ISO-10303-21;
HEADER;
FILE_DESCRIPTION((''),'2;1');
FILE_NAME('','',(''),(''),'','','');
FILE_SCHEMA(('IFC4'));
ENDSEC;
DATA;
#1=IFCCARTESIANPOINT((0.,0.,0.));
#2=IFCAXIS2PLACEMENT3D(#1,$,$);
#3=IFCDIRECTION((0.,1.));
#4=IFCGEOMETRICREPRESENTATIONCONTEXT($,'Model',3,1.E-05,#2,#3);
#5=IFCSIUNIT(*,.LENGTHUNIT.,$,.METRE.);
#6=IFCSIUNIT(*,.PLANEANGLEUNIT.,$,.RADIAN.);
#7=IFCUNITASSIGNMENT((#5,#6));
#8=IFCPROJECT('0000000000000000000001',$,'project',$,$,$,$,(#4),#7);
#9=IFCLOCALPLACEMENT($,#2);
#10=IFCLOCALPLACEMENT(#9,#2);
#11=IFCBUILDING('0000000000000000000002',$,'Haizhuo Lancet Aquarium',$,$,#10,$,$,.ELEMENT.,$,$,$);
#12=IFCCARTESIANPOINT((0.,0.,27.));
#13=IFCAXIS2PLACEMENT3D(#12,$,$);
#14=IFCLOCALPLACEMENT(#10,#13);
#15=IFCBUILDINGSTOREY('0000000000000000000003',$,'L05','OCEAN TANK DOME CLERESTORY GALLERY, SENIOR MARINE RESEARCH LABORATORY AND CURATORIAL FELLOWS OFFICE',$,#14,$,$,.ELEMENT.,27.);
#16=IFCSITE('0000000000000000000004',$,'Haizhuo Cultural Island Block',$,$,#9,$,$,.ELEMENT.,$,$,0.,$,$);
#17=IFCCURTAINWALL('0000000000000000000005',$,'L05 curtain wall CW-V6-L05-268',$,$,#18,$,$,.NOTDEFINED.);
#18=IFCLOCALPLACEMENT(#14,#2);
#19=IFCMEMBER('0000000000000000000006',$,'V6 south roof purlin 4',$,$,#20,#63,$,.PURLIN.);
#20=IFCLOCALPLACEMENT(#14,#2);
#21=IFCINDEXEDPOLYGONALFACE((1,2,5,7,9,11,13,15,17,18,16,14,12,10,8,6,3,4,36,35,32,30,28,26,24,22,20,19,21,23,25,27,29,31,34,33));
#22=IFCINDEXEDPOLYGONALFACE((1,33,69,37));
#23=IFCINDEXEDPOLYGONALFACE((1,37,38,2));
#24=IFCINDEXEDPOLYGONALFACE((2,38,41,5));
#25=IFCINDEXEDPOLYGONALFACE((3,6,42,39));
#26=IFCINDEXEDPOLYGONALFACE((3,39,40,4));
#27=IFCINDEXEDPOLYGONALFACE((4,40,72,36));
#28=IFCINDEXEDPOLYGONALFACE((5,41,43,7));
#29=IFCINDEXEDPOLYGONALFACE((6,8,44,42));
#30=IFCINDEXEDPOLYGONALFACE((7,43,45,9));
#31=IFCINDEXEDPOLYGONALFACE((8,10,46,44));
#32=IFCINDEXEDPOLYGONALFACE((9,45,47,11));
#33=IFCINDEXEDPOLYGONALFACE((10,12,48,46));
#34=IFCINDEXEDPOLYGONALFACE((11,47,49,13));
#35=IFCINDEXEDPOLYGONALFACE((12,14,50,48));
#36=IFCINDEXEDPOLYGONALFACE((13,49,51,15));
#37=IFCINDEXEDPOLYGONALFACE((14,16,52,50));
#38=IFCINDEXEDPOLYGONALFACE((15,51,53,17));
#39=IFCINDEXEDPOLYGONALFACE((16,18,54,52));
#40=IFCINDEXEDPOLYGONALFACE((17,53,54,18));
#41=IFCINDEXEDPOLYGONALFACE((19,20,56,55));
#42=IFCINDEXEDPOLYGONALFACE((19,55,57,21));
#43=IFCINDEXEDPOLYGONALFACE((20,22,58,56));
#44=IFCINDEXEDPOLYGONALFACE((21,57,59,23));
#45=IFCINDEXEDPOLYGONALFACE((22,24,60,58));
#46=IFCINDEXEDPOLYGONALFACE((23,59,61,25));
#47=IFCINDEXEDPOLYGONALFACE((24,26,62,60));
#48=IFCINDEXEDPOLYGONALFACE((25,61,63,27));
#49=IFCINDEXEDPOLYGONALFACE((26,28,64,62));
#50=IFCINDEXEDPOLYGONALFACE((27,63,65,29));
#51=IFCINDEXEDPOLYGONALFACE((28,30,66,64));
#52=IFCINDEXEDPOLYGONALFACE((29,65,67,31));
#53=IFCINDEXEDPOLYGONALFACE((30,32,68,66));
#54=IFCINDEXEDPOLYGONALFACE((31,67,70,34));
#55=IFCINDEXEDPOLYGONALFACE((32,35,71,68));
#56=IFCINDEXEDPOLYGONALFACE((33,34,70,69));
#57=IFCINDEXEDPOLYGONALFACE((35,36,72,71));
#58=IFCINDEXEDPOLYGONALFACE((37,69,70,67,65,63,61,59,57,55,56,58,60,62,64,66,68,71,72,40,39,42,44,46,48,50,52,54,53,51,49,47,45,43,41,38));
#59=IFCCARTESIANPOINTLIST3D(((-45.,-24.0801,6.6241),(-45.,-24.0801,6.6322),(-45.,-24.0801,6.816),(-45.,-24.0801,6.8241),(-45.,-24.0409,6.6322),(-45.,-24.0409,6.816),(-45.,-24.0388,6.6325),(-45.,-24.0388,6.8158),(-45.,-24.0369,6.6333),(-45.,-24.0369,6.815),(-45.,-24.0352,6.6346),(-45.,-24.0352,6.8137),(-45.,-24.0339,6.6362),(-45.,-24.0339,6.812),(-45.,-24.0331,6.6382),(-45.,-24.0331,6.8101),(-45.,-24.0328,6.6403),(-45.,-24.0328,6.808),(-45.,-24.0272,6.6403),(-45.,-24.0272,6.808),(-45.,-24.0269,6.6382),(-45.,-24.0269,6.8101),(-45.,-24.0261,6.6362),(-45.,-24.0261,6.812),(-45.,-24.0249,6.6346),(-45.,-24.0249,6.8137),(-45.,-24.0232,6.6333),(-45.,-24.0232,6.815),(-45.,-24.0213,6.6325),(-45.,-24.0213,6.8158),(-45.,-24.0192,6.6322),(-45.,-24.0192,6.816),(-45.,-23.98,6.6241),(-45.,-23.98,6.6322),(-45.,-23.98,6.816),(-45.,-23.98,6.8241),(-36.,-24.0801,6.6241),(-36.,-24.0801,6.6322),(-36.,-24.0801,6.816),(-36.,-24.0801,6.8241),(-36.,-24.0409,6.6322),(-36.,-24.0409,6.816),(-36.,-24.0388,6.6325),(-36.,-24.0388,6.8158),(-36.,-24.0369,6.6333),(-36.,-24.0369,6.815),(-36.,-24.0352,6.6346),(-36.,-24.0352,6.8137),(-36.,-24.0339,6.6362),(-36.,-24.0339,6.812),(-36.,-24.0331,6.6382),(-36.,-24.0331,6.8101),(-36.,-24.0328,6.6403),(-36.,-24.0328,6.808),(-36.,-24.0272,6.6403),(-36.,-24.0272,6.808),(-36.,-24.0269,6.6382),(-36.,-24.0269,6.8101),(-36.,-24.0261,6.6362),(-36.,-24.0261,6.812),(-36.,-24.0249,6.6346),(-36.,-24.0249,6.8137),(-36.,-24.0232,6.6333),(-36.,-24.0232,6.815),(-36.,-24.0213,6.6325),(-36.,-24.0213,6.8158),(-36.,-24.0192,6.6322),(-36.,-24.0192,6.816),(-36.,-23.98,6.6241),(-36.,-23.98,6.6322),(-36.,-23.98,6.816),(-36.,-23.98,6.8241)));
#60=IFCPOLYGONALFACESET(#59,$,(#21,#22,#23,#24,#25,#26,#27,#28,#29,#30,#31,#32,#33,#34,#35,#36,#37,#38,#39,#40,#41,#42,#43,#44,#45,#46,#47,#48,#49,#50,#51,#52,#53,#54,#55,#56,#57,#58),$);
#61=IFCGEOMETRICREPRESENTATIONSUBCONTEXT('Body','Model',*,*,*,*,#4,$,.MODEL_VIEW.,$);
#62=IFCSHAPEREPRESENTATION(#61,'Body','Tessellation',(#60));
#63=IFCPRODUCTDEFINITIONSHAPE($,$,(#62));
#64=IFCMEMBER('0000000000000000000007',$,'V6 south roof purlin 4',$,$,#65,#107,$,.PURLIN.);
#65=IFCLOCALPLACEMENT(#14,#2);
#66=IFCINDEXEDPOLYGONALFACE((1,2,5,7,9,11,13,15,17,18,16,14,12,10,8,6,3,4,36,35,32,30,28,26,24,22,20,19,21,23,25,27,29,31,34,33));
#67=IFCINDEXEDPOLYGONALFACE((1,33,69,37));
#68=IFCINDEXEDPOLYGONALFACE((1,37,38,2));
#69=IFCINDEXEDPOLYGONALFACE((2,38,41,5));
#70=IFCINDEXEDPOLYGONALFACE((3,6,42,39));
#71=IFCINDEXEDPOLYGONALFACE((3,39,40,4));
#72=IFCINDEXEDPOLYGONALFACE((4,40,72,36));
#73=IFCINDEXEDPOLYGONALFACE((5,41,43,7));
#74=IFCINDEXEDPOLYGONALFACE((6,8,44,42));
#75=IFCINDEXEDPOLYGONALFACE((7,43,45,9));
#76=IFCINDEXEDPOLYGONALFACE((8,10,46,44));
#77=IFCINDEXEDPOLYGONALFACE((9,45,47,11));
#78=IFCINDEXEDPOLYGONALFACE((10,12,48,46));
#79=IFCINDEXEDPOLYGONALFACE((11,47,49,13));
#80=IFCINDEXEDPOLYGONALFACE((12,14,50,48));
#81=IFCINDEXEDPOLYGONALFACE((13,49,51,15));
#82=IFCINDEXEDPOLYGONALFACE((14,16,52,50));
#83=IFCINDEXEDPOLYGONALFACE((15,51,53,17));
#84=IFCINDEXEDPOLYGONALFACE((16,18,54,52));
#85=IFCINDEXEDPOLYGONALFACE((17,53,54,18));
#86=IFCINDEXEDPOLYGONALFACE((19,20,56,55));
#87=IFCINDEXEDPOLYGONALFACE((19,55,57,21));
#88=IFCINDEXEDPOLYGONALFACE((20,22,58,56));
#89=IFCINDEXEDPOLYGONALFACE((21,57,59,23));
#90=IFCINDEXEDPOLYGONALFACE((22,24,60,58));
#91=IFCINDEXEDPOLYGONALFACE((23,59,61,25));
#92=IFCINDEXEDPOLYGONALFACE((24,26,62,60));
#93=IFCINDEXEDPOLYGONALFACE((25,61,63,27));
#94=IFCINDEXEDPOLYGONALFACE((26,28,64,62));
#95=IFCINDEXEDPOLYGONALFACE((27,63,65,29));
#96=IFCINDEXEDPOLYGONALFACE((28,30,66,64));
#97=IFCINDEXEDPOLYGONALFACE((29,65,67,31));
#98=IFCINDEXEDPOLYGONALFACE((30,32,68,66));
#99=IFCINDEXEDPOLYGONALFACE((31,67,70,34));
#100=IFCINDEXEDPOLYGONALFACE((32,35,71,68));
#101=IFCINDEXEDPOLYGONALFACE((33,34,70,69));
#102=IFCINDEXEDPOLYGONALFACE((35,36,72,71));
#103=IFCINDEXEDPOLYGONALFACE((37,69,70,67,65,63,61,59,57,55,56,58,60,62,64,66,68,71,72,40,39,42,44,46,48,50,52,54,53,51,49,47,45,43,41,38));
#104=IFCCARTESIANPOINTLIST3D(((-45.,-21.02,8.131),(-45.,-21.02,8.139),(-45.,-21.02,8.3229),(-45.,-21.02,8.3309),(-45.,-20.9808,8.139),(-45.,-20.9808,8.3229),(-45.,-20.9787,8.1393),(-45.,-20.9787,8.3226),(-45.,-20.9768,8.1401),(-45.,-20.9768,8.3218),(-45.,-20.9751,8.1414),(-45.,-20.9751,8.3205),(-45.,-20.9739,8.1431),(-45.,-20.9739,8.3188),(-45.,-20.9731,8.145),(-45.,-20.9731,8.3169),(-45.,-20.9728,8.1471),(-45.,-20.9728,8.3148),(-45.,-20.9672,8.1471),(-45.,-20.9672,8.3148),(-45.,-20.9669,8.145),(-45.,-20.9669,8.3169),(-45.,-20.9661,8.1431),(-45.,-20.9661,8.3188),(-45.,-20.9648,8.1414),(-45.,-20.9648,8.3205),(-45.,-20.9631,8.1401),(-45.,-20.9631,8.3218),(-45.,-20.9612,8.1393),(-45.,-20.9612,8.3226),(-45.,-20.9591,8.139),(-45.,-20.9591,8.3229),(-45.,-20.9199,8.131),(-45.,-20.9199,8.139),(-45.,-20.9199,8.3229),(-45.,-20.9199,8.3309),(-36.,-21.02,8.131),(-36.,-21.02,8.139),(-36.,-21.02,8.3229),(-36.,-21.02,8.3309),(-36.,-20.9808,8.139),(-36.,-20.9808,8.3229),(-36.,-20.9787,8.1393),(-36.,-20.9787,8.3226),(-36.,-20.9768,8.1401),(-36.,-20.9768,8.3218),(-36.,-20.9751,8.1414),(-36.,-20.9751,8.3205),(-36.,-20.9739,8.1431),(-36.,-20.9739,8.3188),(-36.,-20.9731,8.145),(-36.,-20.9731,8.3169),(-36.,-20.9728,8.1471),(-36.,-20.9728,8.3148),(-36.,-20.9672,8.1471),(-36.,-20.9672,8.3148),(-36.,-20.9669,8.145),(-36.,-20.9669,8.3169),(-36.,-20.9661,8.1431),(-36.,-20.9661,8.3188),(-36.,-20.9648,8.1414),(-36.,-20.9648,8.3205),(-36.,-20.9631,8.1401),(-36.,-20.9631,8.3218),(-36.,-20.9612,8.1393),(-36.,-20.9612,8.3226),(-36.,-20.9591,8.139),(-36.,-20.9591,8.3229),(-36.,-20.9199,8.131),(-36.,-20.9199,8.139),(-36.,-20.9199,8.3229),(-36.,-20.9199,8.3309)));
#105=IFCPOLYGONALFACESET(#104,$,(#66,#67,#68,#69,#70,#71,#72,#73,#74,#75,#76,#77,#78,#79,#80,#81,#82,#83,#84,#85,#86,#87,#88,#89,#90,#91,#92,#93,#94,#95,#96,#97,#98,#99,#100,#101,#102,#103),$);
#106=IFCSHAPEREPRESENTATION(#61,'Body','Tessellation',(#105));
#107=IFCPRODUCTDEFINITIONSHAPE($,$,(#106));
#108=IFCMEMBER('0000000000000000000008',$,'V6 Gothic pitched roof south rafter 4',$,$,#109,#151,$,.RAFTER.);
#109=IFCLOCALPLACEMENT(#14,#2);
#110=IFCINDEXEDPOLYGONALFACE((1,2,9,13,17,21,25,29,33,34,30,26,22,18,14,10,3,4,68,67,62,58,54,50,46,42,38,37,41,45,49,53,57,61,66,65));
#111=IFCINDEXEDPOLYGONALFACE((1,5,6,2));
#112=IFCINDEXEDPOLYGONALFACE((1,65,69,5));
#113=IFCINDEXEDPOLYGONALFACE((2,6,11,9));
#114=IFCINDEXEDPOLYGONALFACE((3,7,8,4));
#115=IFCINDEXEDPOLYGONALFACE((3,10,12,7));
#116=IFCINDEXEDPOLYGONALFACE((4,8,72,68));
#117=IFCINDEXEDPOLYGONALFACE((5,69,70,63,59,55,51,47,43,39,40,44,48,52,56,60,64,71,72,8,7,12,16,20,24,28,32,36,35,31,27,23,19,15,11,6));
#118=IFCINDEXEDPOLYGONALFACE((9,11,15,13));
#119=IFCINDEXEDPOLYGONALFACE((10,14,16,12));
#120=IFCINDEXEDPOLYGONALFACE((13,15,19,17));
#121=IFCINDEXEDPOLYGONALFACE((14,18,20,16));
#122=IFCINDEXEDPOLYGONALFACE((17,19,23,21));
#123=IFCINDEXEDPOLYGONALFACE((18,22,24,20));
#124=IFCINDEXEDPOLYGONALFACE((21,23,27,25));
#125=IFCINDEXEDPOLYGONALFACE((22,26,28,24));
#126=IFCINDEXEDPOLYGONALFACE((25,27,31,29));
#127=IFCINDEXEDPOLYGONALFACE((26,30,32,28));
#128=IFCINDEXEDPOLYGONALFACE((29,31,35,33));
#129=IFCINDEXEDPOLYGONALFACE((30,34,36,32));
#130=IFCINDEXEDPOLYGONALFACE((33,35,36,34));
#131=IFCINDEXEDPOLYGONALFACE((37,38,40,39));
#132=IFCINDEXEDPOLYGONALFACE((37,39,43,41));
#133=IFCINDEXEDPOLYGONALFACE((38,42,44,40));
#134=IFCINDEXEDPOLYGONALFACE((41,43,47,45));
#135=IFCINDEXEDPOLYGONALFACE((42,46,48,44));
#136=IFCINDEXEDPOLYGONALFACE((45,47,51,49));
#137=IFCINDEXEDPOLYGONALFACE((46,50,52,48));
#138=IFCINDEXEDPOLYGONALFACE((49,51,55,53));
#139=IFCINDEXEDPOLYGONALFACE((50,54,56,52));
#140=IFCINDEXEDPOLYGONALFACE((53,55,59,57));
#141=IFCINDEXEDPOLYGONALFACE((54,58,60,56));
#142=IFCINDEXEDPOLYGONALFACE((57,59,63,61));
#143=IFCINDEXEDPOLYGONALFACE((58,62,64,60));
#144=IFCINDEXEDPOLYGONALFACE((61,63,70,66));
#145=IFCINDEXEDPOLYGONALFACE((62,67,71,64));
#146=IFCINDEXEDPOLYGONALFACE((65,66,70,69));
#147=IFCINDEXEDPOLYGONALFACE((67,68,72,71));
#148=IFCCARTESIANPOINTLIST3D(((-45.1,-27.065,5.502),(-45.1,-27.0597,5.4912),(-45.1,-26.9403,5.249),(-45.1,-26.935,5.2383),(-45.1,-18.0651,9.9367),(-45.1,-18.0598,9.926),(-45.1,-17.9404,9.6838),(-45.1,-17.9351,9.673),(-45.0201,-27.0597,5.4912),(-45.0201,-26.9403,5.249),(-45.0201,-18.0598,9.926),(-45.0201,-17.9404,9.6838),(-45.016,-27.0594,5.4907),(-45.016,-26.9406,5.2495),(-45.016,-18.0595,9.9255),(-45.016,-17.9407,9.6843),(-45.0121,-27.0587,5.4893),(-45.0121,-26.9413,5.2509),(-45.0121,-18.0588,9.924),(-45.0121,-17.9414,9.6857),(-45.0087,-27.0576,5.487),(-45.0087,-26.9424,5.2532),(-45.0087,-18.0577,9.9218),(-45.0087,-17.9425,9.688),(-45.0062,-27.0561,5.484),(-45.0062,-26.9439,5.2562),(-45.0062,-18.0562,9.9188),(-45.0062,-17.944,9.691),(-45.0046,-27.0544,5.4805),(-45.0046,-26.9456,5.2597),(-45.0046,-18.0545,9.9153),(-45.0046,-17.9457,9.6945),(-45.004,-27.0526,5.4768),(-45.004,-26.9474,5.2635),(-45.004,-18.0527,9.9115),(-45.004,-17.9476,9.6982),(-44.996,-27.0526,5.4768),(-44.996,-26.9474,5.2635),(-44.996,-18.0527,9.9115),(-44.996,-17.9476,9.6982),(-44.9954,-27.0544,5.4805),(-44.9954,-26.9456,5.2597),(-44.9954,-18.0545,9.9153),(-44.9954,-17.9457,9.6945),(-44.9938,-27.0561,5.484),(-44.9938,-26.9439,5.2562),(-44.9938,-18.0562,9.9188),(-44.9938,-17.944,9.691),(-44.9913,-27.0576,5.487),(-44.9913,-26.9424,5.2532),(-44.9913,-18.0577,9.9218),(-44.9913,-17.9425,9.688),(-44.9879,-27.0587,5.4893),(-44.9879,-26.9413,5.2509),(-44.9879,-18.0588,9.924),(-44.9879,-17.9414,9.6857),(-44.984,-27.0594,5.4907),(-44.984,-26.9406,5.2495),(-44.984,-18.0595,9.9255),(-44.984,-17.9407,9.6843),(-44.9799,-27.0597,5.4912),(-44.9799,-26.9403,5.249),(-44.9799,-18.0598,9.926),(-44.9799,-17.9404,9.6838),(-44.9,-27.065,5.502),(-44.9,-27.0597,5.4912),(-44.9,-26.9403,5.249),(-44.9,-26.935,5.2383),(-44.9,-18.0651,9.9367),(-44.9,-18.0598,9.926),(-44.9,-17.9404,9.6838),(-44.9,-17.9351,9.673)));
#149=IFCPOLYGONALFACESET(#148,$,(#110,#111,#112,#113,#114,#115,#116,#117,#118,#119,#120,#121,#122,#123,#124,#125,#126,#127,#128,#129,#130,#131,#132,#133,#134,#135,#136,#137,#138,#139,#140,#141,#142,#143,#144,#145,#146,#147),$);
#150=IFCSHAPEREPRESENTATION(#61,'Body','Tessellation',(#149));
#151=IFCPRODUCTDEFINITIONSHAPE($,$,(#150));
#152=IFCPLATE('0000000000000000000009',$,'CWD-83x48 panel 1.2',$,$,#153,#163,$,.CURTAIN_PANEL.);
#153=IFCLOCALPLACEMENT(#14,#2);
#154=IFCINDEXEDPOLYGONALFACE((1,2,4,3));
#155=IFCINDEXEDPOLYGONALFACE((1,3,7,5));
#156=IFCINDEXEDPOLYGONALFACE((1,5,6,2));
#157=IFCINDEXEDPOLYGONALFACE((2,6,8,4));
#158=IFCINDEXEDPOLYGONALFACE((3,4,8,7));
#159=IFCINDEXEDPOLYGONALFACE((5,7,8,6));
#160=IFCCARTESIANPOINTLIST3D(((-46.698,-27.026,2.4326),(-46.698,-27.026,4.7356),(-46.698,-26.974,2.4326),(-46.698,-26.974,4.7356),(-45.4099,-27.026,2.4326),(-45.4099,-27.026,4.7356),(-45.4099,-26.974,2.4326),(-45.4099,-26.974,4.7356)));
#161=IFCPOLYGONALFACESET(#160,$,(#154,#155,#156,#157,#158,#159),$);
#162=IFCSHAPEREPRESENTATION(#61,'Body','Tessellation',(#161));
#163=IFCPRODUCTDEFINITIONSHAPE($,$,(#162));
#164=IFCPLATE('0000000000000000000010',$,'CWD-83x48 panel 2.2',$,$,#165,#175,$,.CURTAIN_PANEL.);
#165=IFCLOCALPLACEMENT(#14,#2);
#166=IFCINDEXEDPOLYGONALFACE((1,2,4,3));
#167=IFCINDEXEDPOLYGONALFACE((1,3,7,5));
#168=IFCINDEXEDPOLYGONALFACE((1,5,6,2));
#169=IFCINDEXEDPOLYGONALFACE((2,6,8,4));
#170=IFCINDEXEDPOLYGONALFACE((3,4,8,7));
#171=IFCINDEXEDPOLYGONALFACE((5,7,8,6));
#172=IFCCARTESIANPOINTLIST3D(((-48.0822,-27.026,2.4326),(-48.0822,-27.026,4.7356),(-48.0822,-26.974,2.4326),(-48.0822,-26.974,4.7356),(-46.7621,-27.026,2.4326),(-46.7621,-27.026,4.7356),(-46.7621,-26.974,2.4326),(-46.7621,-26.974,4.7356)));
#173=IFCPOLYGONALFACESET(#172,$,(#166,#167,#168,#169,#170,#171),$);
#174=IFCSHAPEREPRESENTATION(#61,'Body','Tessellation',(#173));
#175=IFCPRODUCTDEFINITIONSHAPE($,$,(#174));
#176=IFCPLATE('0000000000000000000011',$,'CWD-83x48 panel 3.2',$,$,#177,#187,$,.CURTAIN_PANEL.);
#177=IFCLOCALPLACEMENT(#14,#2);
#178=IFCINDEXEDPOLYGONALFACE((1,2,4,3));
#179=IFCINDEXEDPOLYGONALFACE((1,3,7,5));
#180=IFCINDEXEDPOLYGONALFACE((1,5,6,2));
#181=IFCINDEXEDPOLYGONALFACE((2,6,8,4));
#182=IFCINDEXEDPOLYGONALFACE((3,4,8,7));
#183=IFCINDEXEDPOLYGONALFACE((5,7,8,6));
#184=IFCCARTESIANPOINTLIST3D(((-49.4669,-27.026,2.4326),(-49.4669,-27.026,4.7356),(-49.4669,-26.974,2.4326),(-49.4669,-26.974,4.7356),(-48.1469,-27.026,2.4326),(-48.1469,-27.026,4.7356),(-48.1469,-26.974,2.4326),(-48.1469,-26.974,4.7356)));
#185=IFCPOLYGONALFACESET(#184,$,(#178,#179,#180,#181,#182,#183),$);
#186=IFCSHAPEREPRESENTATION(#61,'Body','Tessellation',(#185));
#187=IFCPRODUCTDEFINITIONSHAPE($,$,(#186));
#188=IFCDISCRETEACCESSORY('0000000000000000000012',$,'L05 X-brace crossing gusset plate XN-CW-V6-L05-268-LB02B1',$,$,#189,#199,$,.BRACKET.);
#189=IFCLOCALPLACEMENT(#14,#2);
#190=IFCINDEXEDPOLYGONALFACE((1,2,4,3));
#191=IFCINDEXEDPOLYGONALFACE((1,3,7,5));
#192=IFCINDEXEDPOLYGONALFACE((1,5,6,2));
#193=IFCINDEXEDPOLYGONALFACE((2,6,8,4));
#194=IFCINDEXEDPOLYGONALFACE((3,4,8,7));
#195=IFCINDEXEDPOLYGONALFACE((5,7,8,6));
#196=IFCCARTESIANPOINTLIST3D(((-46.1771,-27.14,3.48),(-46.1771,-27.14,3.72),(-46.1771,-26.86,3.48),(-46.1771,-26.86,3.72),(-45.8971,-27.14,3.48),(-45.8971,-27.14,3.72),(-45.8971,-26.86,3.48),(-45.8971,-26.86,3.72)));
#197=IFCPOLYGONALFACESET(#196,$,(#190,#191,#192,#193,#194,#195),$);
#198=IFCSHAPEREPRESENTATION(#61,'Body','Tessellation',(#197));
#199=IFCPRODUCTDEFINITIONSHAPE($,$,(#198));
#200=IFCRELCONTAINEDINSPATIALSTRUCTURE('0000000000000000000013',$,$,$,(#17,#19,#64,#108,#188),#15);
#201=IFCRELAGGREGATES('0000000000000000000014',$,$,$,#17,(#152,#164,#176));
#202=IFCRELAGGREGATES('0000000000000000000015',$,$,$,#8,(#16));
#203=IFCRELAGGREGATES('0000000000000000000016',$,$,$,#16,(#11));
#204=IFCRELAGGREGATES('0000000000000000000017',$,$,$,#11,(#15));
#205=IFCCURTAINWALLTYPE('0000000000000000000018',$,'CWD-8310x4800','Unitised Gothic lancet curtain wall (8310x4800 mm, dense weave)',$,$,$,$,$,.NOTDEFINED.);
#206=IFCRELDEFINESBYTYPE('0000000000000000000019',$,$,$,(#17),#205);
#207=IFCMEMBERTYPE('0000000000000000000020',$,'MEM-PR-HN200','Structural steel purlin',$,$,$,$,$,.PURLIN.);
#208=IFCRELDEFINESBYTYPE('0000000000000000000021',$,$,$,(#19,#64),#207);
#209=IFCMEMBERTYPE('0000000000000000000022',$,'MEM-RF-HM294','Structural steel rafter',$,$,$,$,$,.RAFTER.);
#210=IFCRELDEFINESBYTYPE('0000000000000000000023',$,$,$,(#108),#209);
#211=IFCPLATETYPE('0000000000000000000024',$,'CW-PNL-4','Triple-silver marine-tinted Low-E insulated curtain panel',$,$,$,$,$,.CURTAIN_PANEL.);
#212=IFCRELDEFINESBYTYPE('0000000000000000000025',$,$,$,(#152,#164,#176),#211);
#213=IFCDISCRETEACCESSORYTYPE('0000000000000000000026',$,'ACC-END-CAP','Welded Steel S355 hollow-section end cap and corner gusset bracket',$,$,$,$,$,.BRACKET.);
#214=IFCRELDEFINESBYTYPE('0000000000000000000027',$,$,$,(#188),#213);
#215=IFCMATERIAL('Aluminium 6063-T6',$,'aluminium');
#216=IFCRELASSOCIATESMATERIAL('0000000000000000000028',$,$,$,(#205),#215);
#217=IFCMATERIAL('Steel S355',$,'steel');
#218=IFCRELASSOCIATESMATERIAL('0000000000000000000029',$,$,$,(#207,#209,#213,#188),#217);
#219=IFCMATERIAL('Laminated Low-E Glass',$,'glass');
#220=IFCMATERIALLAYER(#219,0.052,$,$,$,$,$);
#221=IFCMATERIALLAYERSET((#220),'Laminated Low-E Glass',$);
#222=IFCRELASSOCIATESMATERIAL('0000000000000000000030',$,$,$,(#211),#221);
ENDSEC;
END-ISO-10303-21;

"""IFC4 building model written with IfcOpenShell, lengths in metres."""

from ifc_helpers import new_model, si_unit, direction, frame, origin, origin_2d, place, context, subcontext, project, spatial, rectangle, i_section, extrude, material, layer, layer_set, material_profile, profile_set, type_object, element, aggregate, save


model = new_model("IFC4")

# Units and contexts
model_context = context("Model", 3, precision=1e-05, world=origin(), true_north=direction((0.0, 1.0)))
body_context = subcontext(model_context, "Body", "Model", "MODEL_VIEW")
ifc_project = project(units=[si_unit("LENGTHUNIT", "METRE"), si_unit("PLANEANGLEUNIT", "RADIAN")], contexts=[model_context])

# Site, building, storey
site_placement = place(None, origin())
site = spatial("IfcSite", under=ifc_project, at=site_placement, Name="Haizhuo Cultural Island Block", CompositionType="ELEMENT", RefElevation=0.0)
building_placement = place(site_placement, origin())
building = spatial("IfcBuilding", under=site, at=building_placement, Name="Haizhuo Lancet Aquarium", CompositionType="ELEMENT")
storey_placement = place(building_placement, frame((0.0, 0.0, 27.0)))
storey = spatial("IfcBuildingStorey", under=building, at=storey_placement, Name="L05", Description="OCEAN TANK DOME CLERESTORY GALLERY, SENIOR MARINE RESEARCH LABORATORY AND CURATORIAL FELLOWS OFFICE", CompositionType="ELEMENT", Elevation=27.0)

# Shared definitions
ifc_material_1 = material(Name="Steel S355", Category="steel")

# Curtain wall
ifc_material_2 = material(Name="Aluminium 6063-T6", Category="aluminium")
curtain_wall_type = type_object("IfcCurtainWallType", Name="CWD-8310x4800", Description="Unitised Gothic lancet curtain wall (8310x4800 mm, dense weave)", PredefinedType="NOTDEFINED", material=ifc_material_2)
curtain_wall_placement = place(storey_placement, origin())
curtain_wall = element("IfcCurtainWall", 1, at=curtain_wall_placement, inside=storey, type_object=curtain_wall_type, Name="L05 curtain wall CW-V6-L05-268", PredefinedType="NOTDEFINED")

# Members
ifc_material_profile_1 = material_profile(ifc_material_1, i_section(OverallWidth=0.1001, OverallDepth=0.2, WebThickness=0.0056, FlangeThickness=0.0081, FilletRadius=0.0081, at=origin_2d()), Name="HN 200x100x5.5x8")
ifc_profile_set_1 = profile_set([ifc_material_profile_1], Name="Steel S355")
member_type_1 = type_object("IfcMemberType", Name="MEM-PR-HN200", Description="Structural steel purlin", PredefinedType="PURLIN", material=ifc_profile_set_1)
for number, where, z_axis, x_axis, name in (
    (2, (-45.0, -24.03, 6.7241), (1.0, 0.0, 0.0), (0.0, 1.0, 0.0), "V6 south roof purlin 4"),
    (3, (-45.0, -20.97, 8.231), (1.0, 0.0, 0.0), (0.0, 1.0, 0.0), "V6 south roof purlin 4"),
):
    element("IfcMember", number, at=place(storey_placement, frame(where, z_axis=z_axis, x_axis=x_axis)), inside=storey, type_object=member_type_1, Name=name, PredefinedType="PURLIN", context=body_context, shape_type="SweptSolid", body=[
        extrude(i_section(OverallWidth=0.1001, OverallDepth=0.2, WebThickness=0.0056, FlangeThickness=0.0081, FilletRadius=0.0081, at=origin_2d()), origin(), (0.0, 0.0, 1.0), 9.0),
    ])
ifc_material_profile_2 = material_profile(ifc_material_1, i_section(OverallWidth=0.2, OverallDepth=0.2939, WebThickness=0.0081, FlangeThickness=0.012, FilletRadius=0.0161, at=origin_2d()), Name="HM 294x200x8x12")
ifc_profile_set_2 = profile_set([ifc_material_profile_2], Name="Steel S355")
member_type_2 = type_object("IfcMemberType", Name="MEM-RF-HM294", Description="Structural steel rafter", PredefinedType="RAFTER", material=ifc_profile_set_2)
member_1_placement = place(storey_placement, frame((-45.0, -27.0, 5.3701), z_axis=(0.0, 0.897011, 0.442009), x_axis=(-1.0, 0.0, 0.0)))
element("IfcMember", 4, at=member_1_placement, inside=storey, type_object=member_type_2, Name="V6 Gothic pitched roof south rafter 4", PredefinedType="RAFTER", context=body_context, shape_type="SweptSolid", body=[
    extrude(i_section(OverallWidth=0.2, OverallDepth=0.2939, WebThickness=0.0081, FlangeThickness=0.012, FilletRadius=0.0161, at=origin_2d()), origin(), (0.0, 0.0, 1.0), 10.0332),
])

# Plates
ifc_material_3 = material(Name="Laminated Low-E Glass", Category="glass")
ifc_layer = layer(ifc_material_3, 0.052)
ifc_layer_set = layer_set([ifc_layer], Name="Laminated Low-E Glass")
plate_type = type_object("IfcPlateType", Name="CW-PNL-4", Description="Triple-silver marine-tinted Low-E insulated curtain panel", PredefinedType="CURTAIN_PANEL", material=ifc_layer_set)
plate_1_placement = place(storey_placement, frame((-46.054, -27.0, 2.4326), z_axis=(0.0, 0.0, 1.0), x_axis=(-1.0, 0.0, 0.0)))
plate_1 = element("IfcPlate", 5, at=plate_1_placement, type_object=plate_type, Name="CWD-83x48 panel 1.2", PredefinedType="CURTAIN_PANEL", context=body_context, shape_type="SweptSolid", body=[
    extrude(rectangle(XDim=1.2881, YDim=0.052, at=origin_2d()), origin(), (0.0, 0.0, 1.0), 2.303),
])
plate_2_placement = place(storey_placement, frame((-47.4221, -27.0, 2.4326), z_axis=(0.0, 0.0, 1.0), x_axis=(-1.0, 0.0, 0.0)))
plate_2 = element("IfcPlate", 6, at=plate_2_placement, type_object=plate_type, Name="CWD-83x48 panel 2.2", PredefinedType="CURTAIN_PANEL", context=body_context, shape_type="SweptSolid", body=[
    extrude(rectangle(XDim=1.3201, YDim=0.052, at=origin_2d()), origin(), (0.0, 0.0, 1.0), 2.303),
])
plate_3_placement = place(storey_placement, frame((-48.8069, -27.0, 2.4326), z_axis=(0.0, 0.0, 1.0), x_axis=(-1.0, 0.0, 0.0)))
plate_3 = element("IfcPlate", 7, at=plate_3_placement, type_object=plate_type, Name="CWD-83x48 panel 3.2", PredefinedType="CURTAIN_PANEL", context=body_context, shape_type="SweptSolid", body=[
    extrude(rectangle(XDim=1.3201, YDim=0.052, at=origin_2d()), origin(), (0.0, 0.0, 1.0), 2.303),
])
aggregate(curtain_wall, [plate_1, plate_2, plate_3])

# Discrete accessory
discrete_accessory_type = type_object("IfcDiscreteAccessoryType", Name="ACC-END-CAP", Description="Welded Steel S355 hollow-section end cap and corner gusset bracket", PredefinedType="BRACKET", material=ifc_material_1)
for number, where, z_axis, x_axis, name in (
    (8, (-46.0371, -27.0, 3.48), (0.0, 0.0, 1.0), (1.0, 0.0, 0.0), "L05 X-brace crossing gusset plate XN-CW-V6-L05-268-LB02B1"),
):
    element("IfcDiscreteAccessory", number, at=place(storey_placement, frame(where, z_axis=z_axis, x_axis=x_axis)), inside=storey, type_object=discrete_accessory_type, material=ifc_material_1, Name=name, PredefinedType="BRACKET", context=body_context, shape_type="SweptSolid", body=[
        extrude(rectangle(XDim=0.28, YDim=0.28, at=origin_2d()), origin(), (0.0, 0.0, 1.0), 0.24),
    ])

save(model, "model.ifc")
